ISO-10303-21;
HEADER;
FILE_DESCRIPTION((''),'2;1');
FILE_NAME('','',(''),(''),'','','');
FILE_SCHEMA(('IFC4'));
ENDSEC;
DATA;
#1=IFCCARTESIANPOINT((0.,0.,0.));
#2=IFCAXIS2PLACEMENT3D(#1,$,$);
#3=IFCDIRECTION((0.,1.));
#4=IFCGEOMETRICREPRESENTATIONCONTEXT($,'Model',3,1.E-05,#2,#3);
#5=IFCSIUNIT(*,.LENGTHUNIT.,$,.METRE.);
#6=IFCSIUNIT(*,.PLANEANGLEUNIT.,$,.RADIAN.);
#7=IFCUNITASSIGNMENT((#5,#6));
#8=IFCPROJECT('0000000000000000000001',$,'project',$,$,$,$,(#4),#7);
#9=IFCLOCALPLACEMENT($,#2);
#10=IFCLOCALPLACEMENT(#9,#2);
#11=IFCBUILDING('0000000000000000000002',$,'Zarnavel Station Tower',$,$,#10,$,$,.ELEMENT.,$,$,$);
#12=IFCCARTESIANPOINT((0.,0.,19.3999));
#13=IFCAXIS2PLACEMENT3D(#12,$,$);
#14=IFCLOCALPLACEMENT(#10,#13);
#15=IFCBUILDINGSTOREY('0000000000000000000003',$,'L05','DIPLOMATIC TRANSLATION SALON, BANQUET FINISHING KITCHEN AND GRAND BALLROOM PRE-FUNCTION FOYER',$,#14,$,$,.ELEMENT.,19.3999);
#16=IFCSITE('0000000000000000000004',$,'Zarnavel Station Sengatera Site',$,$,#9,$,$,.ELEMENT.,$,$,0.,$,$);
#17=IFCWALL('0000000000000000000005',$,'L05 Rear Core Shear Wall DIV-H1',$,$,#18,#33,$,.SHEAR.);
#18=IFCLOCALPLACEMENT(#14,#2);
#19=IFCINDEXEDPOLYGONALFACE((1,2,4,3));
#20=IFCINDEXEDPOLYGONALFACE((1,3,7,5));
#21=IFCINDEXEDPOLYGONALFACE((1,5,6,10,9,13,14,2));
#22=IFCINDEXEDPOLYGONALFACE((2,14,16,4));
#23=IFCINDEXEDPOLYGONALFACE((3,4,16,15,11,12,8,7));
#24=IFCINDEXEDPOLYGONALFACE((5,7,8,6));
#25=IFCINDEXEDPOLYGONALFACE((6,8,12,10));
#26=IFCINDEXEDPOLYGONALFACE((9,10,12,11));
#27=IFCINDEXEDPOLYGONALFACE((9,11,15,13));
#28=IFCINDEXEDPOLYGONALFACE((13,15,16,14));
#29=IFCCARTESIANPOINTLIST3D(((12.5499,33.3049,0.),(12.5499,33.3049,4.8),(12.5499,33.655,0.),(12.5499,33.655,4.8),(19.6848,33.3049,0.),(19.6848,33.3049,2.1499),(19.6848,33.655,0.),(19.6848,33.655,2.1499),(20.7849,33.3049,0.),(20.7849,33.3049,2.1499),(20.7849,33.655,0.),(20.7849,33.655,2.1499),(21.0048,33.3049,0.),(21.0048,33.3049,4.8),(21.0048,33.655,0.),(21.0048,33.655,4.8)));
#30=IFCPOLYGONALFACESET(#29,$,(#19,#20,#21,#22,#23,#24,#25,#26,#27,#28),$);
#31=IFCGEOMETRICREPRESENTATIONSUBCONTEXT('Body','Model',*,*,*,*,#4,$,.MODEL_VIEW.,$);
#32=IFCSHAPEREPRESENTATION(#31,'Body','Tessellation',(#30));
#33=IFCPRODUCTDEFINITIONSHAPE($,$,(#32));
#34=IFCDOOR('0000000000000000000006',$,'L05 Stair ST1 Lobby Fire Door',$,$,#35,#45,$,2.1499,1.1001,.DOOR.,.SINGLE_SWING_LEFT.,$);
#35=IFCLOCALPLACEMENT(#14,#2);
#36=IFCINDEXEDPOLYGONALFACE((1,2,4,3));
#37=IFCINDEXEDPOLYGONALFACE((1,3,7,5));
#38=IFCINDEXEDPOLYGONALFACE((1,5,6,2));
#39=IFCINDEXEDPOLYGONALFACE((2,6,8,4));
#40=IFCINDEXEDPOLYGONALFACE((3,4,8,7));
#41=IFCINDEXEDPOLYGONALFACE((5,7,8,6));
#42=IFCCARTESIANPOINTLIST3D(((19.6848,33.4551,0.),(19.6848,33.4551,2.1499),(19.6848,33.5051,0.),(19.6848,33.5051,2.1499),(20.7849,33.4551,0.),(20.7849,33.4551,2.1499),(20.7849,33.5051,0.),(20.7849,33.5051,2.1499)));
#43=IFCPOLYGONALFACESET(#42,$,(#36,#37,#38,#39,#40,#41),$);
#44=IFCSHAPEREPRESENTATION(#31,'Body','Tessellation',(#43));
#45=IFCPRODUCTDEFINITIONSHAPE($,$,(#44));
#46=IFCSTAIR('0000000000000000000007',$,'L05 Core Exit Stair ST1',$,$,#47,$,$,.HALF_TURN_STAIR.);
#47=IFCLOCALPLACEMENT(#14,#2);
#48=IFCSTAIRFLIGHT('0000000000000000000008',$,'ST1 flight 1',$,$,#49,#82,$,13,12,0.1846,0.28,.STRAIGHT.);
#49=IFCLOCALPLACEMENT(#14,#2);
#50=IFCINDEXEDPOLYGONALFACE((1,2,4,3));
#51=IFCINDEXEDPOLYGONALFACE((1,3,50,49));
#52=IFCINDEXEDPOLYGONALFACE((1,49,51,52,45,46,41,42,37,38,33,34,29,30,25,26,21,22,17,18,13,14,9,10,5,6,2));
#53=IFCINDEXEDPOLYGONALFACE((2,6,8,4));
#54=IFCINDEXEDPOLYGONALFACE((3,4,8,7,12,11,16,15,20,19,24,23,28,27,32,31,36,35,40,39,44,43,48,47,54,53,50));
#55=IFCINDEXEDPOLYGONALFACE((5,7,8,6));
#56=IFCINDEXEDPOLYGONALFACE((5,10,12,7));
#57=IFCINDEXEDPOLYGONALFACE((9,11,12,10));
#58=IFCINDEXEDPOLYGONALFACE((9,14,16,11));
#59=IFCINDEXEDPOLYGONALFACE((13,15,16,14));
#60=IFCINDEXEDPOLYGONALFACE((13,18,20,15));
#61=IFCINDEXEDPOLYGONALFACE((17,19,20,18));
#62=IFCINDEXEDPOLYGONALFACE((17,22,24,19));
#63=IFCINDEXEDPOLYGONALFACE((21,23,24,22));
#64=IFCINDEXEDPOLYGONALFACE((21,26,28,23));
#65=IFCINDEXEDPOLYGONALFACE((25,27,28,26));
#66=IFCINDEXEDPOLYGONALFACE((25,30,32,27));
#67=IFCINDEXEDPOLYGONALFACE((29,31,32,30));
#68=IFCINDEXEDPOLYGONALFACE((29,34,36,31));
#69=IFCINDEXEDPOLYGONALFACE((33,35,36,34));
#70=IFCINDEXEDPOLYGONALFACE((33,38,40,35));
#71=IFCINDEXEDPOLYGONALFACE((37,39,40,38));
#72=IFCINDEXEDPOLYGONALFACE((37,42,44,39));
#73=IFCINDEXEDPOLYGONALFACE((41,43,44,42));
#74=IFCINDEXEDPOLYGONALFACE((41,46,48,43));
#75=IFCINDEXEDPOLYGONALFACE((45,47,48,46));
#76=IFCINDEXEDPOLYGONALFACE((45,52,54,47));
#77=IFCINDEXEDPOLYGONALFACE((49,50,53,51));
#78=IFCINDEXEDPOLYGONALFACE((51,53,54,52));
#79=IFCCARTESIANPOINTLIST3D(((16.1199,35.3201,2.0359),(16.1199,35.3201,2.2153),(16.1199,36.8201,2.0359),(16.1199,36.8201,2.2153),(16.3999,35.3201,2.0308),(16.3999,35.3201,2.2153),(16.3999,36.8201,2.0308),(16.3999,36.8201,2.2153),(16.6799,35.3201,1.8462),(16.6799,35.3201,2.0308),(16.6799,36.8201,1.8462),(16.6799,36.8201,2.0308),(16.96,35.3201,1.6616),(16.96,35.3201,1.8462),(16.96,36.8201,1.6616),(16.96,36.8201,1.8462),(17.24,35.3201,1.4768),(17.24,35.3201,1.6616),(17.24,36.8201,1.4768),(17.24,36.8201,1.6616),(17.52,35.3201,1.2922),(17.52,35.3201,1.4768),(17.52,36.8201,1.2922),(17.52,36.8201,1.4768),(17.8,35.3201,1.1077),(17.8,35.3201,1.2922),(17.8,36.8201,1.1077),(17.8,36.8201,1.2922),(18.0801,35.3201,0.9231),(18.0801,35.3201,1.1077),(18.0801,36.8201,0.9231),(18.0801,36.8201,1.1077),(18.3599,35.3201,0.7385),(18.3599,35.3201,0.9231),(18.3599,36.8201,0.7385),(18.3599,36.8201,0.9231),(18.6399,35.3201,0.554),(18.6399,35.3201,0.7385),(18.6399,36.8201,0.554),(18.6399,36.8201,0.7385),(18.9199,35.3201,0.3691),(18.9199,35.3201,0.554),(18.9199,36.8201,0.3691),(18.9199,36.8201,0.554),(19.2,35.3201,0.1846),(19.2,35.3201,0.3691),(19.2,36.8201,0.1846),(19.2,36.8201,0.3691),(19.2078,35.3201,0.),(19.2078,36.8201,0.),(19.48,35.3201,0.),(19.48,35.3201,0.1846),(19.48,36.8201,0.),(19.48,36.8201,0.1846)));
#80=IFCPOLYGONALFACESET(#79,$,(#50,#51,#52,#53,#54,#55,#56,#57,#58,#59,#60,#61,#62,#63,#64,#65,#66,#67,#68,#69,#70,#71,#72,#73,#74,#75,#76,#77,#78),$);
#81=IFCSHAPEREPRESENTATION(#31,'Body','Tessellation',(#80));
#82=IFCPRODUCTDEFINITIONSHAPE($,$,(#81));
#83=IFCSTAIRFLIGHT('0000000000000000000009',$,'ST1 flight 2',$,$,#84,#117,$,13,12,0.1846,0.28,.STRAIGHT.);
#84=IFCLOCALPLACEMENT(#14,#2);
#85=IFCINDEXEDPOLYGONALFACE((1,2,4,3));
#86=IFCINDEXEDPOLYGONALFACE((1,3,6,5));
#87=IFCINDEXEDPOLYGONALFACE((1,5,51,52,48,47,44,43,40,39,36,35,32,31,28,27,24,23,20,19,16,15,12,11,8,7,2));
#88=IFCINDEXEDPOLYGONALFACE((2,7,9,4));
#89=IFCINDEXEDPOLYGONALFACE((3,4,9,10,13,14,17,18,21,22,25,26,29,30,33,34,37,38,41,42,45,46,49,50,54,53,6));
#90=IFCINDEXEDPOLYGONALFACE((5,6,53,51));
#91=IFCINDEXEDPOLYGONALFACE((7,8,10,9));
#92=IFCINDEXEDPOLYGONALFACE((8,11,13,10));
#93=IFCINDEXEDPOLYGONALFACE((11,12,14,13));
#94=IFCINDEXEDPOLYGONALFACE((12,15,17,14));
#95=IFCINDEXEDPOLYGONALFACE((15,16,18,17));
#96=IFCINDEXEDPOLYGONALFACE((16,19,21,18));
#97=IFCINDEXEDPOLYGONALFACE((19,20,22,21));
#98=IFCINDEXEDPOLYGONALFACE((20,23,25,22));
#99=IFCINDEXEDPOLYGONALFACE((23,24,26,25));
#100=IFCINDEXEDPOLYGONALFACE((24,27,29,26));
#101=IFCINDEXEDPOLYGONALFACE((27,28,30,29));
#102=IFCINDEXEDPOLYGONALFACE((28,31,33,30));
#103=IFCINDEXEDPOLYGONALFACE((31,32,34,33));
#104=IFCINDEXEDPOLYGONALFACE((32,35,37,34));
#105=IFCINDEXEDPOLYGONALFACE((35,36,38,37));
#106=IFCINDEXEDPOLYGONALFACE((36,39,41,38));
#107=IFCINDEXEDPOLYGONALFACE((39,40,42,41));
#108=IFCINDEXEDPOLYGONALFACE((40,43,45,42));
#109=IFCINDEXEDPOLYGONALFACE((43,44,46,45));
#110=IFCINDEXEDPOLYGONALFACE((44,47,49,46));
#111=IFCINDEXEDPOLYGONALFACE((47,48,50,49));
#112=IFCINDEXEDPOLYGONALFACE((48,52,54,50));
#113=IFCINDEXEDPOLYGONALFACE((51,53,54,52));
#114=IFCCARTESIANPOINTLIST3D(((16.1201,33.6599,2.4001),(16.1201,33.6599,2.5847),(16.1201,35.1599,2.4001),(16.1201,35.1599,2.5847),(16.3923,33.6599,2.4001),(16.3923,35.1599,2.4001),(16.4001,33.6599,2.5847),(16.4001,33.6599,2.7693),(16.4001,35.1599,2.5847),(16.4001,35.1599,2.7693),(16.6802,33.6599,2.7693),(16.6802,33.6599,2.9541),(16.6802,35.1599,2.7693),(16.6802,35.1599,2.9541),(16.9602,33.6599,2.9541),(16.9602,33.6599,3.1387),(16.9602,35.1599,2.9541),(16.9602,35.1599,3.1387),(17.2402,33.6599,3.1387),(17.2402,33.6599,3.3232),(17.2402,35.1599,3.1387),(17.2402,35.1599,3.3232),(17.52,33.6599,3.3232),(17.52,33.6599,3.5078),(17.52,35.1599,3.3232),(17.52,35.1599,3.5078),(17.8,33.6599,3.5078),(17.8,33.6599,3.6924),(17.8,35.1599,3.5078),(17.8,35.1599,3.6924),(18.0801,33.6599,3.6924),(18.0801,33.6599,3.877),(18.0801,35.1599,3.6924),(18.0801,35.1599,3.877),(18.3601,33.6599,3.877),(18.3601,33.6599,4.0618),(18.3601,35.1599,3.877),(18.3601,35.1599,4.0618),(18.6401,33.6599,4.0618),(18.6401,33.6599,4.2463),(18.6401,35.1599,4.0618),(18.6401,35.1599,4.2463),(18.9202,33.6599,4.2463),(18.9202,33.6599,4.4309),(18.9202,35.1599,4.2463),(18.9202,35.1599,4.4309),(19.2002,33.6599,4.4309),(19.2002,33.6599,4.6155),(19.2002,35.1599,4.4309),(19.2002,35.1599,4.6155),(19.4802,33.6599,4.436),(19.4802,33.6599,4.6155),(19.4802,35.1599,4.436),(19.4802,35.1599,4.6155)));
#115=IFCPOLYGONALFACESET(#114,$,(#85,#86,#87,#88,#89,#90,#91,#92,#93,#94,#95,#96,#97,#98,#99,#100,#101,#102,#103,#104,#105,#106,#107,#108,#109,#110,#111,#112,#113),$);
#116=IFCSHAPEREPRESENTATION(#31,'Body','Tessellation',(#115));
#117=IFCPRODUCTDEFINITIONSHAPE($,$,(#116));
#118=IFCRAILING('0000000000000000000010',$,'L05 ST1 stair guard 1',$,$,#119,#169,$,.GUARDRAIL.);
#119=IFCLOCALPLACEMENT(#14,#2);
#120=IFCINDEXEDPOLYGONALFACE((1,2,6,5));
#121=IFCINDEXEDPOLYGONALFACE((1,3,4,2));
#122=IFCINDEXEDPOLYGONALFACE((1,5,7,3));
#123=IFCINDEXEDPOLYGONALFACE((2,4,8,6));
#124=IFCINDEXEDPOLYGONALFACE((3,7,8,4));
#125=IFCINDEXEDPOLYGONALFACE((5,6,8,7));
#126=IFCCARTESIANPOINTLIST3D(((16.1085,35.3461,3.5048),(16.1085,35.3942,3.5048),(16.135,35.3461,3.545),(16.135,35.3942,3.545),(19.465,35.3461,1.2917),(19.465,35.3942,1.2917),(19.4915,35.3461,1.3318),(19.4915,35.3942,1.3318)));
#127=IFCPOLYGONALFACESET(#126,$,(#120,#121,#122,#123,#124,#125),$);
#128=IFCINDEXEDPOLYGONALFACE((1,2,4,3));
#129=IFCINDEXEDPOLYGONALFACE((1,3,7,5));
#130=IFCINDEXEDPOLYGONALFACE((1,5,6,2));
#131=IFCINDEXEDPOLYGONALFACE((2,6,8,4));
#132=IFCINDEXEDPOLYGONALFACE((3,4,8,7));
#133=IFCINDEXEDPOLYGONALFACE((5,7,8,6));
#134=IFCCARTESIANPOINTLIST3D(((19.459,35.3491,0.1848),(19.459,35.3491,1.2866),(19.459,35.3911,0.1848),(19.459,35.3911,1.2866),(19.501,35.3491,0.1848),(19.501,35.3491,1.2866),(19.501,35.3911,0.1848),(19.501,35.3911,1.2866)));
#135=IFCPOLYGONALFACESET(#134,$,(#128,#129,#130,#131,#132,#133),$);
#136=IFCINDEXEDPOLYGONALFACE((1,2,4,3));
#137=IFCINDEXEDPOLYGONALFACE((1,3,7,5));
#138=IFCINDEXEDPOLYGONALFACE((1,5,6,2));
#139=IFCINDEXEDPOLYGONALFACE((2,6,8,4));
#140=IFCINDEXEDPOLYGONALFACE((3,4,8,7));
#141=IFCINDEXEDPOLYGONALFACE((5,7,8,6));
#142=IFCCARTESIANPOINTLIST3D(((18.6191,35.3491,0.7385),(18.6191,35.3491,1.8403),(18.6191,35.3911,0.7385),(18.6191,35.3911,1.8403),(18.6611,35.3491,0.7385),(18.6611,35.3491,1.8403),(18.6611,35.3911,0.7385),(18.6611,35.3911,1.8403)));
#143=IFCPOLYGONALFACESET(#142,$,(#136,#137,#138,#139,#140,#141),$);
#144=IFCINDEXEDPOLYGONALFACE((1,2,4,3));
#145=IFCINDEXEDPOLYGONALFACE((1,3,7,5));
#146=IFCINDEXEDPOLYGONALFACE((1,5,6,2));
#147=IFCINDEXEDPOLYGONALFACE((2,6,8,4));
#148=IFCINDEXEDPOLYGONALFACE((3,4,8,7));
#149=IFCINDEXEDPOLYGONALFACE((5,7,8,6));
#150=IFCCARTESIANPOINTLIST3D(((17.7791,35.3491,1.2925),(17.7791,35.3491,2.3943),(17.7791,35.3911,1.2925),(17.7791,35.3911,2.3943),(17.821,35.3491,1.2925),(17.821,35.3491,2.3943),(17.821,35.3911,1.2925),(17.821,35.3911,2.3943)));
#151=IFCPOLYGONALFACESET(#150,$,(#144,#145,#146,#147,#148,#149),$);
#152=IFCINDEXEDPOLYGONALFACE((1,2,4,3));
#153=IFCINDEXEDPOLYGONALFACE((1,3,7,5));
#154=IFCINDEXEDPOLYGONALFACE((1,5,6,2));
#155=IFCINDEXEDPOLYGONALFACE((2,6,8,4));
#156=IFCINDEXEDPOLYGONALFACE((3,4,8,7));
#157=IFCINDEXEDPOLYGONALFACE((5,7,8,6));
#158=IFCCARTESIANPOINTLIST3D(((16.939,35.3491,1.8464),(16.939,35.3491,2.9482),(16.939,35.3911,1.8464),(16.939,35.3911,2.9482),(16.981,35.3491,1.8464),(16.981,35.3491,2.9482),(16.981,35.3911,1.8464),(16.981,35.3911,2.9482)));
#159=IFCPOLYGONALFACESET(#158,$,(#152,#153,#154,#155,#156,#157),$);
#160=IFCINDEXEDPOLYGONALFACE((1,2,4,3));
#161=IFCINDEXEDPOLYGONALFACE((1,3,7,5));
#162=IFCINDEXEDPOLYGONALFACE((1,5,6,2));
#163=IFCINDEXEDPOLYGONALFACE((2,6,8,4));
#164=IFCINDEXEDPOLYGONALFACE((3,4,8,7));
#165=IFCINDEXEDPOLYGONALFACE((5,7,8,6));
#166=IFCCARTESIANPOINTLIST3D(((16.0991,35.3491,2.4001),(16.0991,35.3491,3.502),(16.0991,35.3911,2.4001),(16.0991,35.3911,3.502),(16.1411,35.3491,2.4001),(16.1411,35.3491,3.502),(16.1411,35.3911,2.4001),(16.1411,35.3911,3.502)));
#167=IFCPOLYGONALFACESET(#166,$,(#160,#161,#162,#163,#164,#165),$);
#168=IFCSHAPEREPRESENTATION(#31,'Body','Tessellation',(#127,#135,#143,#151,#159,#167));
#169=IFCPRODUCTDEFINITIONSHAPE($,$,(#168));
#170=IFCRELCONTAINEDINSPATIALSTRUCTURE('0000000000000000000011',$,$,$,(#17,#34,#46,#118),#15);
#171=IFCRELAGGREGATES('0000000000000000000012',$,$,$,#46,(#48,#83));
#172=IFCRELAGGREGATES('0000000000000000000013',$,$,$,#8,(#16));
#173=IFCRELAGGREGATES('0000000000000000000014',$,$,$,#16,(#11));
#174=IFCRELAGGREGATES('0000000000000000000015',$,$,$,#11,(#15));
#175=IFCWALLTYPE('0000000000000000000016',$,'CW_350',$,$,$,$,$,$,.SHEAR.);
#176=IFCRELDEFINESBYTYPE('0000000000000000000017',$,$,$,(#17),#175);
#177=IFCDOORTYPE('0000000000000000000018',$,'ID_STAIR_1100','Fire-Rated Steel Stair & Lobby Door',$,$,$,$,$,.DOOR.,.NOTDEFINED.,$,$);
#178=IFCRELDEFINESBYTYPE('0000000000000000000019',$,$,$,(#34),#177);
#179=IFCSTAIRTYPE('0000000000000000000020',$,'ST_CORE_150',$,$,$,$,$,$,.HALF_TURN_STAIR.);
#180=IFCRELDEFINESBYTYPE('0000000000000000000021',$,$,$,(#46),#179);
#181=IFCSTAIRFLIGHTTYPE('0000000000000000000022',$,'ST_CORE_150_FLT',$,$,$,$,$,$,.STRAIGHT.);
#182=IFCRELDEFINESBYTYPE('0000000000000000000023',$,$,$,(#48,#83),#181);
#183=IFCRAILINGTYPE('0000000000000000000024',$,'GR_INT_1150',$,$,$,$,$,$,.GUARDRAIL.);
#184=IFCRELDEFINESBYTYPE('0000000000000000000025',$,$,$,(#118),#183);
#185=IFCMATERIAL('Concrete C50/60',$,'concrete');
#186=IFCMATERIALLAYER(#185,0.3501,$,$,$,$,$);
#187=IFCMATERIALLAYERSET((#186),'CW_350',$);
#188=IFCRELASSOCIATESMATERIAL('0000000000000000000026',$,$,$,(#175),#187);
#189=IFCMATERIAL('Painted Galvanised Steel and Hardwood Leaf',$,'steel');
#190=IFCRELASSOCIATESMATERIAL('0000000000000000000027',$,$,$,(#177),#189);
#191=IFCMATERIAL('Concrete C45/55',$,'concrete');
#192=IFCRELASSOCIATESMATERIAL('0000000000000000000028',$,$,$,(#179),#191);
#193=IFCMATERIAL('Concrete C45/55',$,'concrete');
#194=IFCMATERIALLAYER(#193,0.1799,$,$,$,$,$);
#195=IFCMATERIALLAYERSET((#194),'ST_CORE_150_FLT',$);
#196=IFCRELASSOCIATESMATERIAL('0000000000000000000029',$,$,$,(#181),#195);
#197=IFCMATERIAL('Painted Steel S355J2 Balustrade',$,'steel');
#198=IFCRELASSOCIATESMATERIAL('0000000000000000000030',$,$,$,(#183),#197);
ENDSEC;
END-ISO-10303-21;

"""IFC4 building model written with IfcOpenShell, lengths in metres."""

from ifc_helpers import new_model, si_unit, direction, frame, frame_2d, origin, origin_2d, place, context, subcontext, project, spatial, polyline, rectangle, outline, extrude, material, layer, layer_set, type_object, element, fill, aggregate, save


model = new_model("IFC4")

# Units and contexts
model_context = context("Model", 3, precision=1e-05, world=origin(), true_north=direction((0.0, 1.0)))
body_context = subcontext(model_context, "Body", "Model", "MODEL_VIEW")
ifc_project = project(units=[si_unit("LENGTHUNIT", "METRE"), si_unit("PLANEANGLEUNIT", "RADIAN")], contexts=[model_context])

# Site, building, storey
site_placement = place(None, origin())
site = spatial("IfcSite", under=ifc_project, at=site_placement, Name="Zarnavel Station Sengatera Site", CompositionType="ELEMENT", RefElevation=0.0)
building_placement = place(site_placement, origin())
building = spatial("IfcBuilding", under=site, at=building_placement, Name="Zarnavel Station Tower", CompositionType="ELEMENT")
storey_placement = place(building_placement, frame((0.0, 0.0, 19.3999)))
storey = spatial("IfcBuildingStorey", under=building, at=storey_placement, Name="L05", Description="DIPLOMATIC TRANSLATION SALON, BANQUET FINISHING KITCHEN AND GRAND BALLROOM PRE-FUNCTION FOYER", CompositionType="ELEMENT", Elevation=19.3999)

# Wall, opening, door
ifc_material_1 = material(Name="Concrete C50/60", Category="concrete")
ifc_layer_1 = layer(ifc_material_1, 0.3501)
ifc_layer_set_1 = layer_set([ifc_layer_1], Name="CW_350")
wall_type_1 = type_object("IfcWallType", Name="CW_350", PredefinedType="SHEAR", material=ifc_layer_set_1)
wall_1_placement = place(storey_placement, frame((21.0049, 33.48, 0.0), z_axis=(0.0, 0.0, 1.0), x_axis=(-1.0, 0.0, 0.0)))
wall_1 = element("IfcWall", 1, at=wall_1_placement, inside=storey, type_object=wall_type_1, Name="L05 Rear Core Shear Wall DIV-H1", PredefinedType="SHEAR", context=body_context, shape_type="SweptSolid", body=[
    extrude(rectangle(XDim=8.4548, YDim=0.3501, at=frame_2d((4.2275, 0.0))), origin(), (0.0, 0.0, 1.0), 4.8),
])
opening_1_placement = place(wall_1_placement, frame((0.22, 0.0, 0.0)))
opening_1 = element("IfcOpeningElement", 2, at=opening_1_placement, cuts=wall_1, PredefinedType="OPENING", context=body_context, shape_type="SweptSolid", body=[
    extrude(rectangle(XDim=1.1001, YDim=2.1499, at=frame_2d((0.55, 1.075))), frame((0.0, 0.1851, 0.0), z_axis=(0.0, -1.0, 0.0), x_axis=(1.0, 0.0, 0.0)), (0.0, 0.0, 1.0), 0.3701),
])
ifc_material_2 = material(Name="Painted Galvanised Steel and Hardwood Leaf", Category="steel")
door_type_1 = type_object("IfcDoorType", Name="ID_STAIR_1100", Description="Fire-Rated Steel Stair & Lobby Door", OperationType="NOTDEFINED", PredefinedType="DOOR", material=ifc_material_2)
door_1_placement = place(opening_1_placement, origin())
door_1 = element("IfcDoor", 3, at=door_1_placement, inside=storey, type_object=door_type_1, Name="L05 Stair ST1 Lobby Fire Door", OperationType="SINGLE_SWING_LEFT", OverallHeight=2.1499, OverallWidth=1.1001, PredefinedType="DOOR", context=body_context, shape_type="SweptSolid", body=[
    extrude(rectangle(XDim=1.1001, YDim=2.1499, at=frame_2d((0.55, 1.075))), frame((0.0, 0.0249, 0.0), z_axis=(0.0, -1.0, 0.0), x_axis=(1.0, 0.0, 0.0)), (0.0, 0.0, 1.0), 0.05),
])
fill(opening_1, door_1)

# Stair, stair flights
ifc_material_3 = material(Name="Concrete C45/55", Category="concrete")
stair_type = type_object("IfcStairType", Name="ST_CORE_150", PredefinedType="HALF_TURN_STAIR", material=ifc_material_3)
stair_placement = place(storey_placement, origin())
stair = element("IfcStair", 4, at=stair_placement, inside=storey, type_object=stair_type, Name="L05 Core Exit Stair ST1", PredefinedType="HALF_TURN_STAIR")
ifc_material_4 = material(Name="Concrete C45/55", Category="concrete")
ifc_layer_2 = layer(ifc_material_4, 0.1799)
ifc_layer_set_2 = layer_set([ifc_layer_2], Name="ST_CORE_150_FLT")
stair_flight_type = type_object("IfcStairFlightType", Name="ST_CORE_150_FLT", PredefinedType="STRAIGHT", material=ifc_layer_set_2)
stair_flight_1_placement = place(storey_placement, frame((19.48, 36.0701, 0.0), z_axis=(0.0, 0.0, 1.0), x_axis=(-1.0, 0.0, 0.0)))
stair_flight_1 = element("IfcStairFlight", 5, at=stair_flight_1_placement, type_object=stair_flight_type, Name="ST1 flight 1", NumberOfRisers=13, NumberOfTreads=12, PredefinedType="STRAIGHT", RiserHeight=0.1846, TreadLength=0.28, context=body_context, shape_type="SweptSolid", body=[
    extrude(outline(polyline([(0.0, 0.0), (0.0, 0.1846), (0.28, 0.1846), (0.28, 0.3691), (0.5601, 0.3691), (0.5601, 0.554), (0.8401, 0.554), (0.8401, 0.7385), (1.1201, 0.7385), (1.1201, 0.9231), (1.3999, 0.9231), (1.3999, 1.1077), (1.6799, 1.1077), (1.6799, 1.2922), (1.96, 1.2922), (1.96, 1.4768), (2.24, 1.4768), (2.24, 1.6616), (2.52, 1.6616), (2.52, 1.8462), (2.8, 1.8462), (2.8, 2.0308), (3.0801, 2.0308), (3.0801, 2.2153), (3.3601, 2.2153), (3.3601, 2.3999), (3.3601, 2.0359), (0.2722, 0.0), (0.0, 0.0)])), frame((0.0, 0.75, 0.0), z_axis=(0.0, -1.0, 0.0), x_axis=(1.0, 0.0, 0.0)), (0.0, 0.0, 1.0), 1.5),
])
stair_flight_2_placement = place(storey_placement, frame((16.1201, 34.4099, 2.4001), z_axis=(0.0, 0.0, 1.0), x_axis=(1.0, 0.0, 0.0)))
stair_flight_2 = element("IfcStairFlight", 6, at=stair_flight_2_placement, type_object=stair_flight_type, Name="ST1 flight 2", NumberOfRisers=13, NumberOfTreads=12, PredefinedType="STRAIGHT", RiserHeight=0.1846, TreadLength=0.28, context=body_context, shape_type="SweptSolid", body=[
    extrude(outline(polyline([(0.0, 0.0), (0.0, 0.1846), (0.28, 0.1846), (0.28, 0.3691), (0.5601, 0.3691), (0.5601, 0.554), (0.8401, 0.554), (0.8401, 0.7385), (1.1201, 0.7385), (1.1201, 0.9231), (1.3999, 0.9231), (1.3999, 1.1077), (1.6799, 1.1077), (1.6799, 1.2922), (1.96, 1.2922), (1.96, 1.4768), (2.24, 1.4768), (2.24, 1.6616), (2.52, 1.6616), (2.52, 1.8462), (2.8, 1.8462), (2.8, 2.0308), (3.0801, 2.0308), (3.0801, 2.2153), (3.3601, 2.2153), (3.3601, 2.3999), (3.3601, 2.0359), (0.2722, 0.0), (0.0, 0.0)])), frame((0.0, 0.75, 0.0), z_axis=(0.0, -1.0, 0.0), x_axis=(1.0, 0.0, 0.0)), (0.0, 0.0, 1.0), 1.5),
])
aggregate(stair, [stair_flight_1, stair_flight_2])

# Railing
ifc_material_5 = material(Name="Painted Steel S355J2 Balustrade", Category="steel")
railing_type_1 = type_object("IfcRailingType", Name="GR_INT_1150", PredefinedType="GUARDRAIL", material=ifc_material_5)
railing_1_placement = place(storey_placement, frame((19.48, 35.3701, 0.1848)))
element("IfcRailing", 7, at=railing_1_placement, inside=storey, type_object=railing_type_1, Name="L05 ST1 stair guard 1", PredefinedType="GUARDRAIL", context=body_context, shape_type="SweptSolid", body=[
    extrude(rectangle(XDim=0.0481, YDim=0.0481, at=origin_2d()), frame((-0.0017, 0.0, 1.127), z_axis=(-0.834858, 0.0, 0.550465), x_axis=(0.0, -1.0, 0.0)), (0.0, 0.0, 1.0), 4.0205),
    extrude(rectangle(XDim=0.042, YDim=0.042, at=origin_2d()), origin(), (0.0, 0.0, 1.0), 1.1018),
    extrude(rectangle(XDim=0.042, YDim=0.042, at=origin_2d()), frame((-0.8398, 0.0, 0.5537)), (0.0, 0.0, 1.0), 1.1018),
    extrude(rectangle(XDim=0.042, YDim=0.042, at=origin_2d()), frame((-1.6799, 0.0, 1.1077)), (0.0, 0.0, 1.0), 1.1018),
    extrude(rectangle(XDim=0.042, YDim=0.042, at=origin_2d()), frame((-2.52, 0.0, 1.6616)), (0.0, 0.0, 1.0), 1.1018),
    extrude(rectangle(XDim=0.042, YDim=0.042, at=origin_2d()), frame((-3.3599, 0.0, 2.2153)), (0.0, 0.0, 1.0), 1.1018),
])

save(model, "model.ifc")
